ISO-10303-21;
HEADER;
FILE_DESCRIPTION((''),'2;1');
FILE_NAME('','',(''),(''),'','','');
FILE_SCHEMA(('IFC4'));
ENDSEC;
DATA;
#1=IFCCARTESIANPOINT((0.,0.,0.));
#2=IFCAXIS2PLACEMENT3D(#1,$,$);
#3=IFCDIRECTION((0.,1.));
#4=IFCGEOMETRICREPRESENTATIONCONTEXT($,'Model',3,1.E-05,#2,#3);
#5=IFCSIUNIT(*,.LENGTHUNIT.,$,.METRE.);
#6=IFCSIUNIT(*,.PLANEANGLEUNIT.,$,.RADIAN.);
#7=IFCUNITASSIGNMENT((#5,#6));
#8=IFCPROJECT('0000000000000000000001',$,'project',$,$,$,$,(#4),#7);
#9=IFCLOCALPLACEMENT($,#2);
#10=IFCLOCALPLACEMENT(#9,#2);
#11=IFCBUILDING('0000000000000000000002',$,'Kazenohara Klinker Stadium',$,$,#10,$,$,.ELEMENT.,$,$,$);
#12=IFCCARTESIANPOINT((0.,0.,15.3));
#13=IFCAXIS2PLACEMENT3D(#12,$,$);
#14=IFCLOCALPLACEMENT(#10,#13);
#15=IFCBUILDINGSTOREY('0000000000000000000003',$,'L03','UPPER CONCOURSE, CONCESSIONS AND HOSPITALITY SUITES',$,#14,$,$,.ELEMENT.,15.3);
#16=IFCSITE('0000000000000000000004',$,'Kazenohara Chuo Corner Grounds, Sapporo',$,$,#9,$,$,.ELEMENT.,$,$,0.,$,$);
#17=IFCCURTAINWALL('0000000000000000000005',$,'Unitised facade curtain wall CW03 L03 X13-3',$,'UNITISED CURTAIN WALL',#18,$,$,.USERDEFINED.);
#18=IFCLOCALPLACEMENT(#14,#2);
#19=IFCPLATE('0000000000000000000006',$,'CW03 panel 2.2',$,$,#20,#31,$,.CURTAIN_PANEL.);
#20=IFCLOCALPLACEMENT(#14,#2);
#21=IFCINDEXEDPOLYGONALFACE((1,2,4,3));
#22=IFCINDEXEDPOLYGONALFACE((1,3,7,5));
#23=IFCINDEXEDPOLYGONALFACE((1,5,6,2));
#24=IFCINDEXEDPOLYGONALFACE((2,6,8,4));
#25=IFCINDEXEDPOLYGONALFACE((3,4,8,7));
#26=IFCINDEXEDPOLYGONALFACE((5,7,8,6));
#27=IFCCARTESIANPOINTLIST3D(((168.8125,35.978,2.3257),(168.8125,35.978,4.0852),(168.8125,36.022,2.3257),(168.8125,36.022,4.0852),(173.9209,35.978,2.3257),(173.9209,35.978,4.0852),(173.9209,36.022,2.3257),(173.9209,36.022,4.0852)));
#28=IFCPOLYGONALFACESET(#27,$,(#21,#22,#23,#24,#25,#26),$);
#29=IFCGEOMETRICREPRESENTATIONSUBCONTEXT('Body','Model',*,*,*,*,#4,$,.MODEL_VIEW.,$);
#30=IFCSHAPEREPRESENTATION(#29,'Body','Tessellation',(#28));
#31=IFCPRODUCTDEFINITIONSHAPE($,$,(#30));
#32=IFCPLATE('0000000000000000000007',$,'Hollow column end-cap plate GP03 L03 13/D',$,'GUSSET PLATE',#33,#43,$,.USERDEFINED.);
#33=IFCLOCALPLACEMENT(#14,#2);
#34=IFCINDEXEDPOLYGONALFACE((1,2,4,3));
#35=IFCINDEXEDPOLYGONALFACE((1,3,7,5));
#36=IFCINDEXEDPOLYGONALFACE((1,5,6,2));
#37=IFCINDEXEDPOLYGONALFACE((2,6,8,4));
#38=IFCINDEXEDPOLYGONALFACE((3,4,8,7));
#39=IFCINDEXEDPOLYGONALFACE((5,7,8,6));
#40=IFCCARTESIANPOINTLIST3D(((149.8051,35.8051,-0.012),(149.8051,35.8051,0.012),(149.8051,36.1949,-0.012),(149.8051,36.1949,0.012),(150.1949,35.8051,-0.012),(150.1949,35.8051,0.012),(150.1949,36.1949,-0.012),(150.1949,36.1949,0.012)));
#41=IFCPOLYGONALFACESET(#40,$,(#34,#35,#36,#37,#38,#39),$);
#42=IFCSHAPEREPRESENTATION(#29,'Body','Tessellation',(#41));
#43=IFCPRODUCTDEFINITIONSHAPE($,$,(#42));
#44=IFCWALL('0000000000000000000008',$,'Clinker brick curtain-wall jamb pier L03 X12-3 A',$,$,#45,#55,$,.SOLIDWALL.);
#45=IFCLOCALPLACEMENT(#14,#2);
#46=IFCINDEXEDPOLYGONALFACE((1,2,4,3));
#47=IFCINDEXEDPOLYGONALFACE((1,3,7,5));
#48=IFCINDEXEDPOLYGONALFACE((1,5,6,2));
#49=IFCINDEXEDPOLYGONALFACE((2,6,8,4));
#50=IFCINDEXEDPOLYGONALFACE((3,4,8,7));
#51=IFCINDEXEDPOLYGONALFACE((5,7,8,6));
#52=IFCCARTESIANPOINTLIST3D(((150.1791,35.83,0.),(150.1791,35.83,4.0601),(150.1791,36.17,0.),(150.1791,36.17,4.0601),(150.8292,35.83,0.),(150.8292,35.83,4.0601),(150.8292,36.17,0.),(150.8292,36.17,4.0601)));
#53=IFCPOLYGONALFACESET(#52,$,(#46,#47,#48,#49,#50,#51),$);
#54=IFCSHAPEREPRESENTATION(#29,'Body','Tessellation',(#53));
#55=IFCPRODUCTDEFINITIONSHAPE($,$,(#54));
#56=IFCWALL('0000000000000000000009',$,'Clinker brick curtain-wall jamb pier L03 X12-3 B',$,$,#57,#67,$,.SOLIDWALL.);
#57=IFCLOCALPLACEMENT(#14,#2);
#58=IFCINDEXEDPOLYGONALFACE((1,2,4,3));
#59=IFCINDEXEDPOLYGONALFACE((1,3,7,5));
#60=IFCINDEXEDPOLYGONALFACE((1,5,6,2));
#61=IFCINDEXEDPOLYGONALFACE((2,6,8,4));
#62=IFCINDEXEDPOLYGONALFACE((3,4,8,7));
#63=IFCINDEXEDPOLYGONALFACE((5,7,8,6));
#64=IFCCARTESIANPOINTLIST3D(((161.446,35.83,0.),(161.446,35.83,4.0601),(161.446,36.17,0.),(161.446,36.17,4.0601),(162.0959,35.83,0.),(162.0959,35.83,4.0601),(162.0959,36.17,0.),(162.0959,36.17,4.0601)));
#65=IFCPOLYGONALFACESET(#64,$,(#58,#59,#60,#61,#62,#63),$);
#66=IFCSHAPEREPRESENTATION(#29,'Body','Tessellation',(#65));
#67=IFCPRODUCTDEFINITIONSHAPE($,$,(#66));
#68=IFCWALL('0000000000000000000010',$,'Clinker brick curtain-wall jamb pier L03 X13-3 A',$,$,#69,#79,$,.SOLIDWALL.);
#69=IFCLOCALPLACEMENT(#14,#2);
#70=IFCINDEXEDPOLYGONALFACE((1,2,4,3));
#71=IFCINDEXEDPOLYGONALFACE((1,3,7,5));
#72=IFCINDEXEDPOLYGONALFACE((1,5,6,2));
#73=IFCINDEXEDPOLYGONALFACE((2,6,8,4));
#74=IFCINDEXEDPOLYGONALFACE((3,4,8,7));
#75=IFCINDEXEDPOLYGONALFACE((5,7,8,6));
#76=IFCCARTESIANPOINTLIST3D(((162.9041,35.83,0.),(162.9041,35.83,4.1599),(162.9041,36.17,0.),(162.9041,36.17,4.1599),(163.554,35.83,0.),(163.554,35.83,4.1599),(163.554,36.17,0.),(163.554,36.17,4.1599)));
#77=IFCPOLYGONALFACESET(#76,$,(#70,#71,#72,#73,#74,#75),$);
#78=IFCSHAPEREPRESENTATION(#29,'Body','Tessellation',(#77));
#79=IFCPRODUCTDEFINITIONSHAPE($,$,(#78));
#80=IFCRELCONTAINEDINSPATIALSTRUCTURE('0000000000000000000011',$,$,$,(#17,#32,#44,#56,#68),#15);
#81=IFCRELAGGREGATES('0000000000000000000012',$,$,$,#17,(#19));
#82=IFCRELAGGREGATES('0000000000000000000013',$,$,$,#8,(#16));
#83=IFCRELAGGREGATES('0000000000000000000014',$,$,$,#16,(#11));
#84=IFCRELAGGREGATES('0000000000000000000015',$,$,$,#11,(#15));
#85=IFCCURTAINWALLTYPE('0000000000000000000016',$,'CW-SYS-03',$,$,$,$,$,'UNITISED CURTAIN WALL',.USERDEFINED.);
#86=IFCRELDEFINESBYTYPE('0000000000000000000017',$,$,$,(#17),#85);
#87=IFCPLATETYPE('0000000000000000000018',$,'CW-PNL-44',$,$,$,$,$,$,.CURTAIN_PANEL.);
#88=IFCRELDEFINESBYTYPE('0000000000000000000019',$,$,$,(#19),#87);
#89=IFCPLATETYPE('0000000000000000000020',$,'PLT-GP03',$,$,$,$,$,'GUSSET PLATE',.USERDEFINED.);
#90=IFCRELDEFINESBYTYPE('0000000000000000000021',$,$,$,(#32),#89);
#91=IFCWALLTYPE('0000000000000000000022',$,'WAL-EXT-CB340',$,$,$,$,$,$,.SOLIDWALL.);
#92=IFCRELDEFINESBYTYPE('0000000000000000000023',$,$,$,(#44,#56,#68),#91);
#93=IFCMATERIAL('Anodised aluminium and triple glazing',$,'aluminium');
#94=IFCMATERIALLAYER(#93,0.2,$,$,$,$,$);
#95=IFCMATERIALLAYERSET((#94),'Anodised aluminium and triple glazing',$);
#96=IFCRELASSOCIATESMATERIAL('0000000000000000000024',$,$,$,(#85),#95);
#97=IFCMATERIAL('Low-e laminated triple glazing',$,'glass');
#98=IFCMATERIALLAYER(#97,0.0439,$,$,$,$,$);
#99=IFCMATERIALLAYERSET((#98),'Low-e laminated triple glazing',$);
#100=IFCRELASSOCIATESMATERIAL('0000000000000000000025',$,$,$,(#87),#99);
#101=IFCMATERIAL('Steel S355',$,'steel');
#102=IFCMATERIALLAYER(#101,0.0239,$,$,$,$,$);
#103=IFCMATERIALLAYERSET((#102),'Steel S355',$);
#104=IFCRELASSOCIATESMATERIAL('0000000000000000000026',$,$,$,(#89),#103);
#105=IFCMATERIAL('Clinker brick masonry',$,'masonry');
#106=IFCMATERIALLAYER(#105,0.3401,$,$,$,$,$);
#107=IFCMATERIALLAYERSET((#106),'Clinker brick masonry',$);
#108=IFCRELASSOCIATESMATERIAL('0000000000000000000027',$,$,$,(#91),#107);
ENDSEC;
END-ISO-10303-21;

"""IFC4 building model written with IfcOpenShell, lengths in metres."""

from ifc_helpers import new_model, si_unit, direction, frame, frame_2d, origin, origin_2d, place, context, subcontext, project, spatial, rectangle, extrude, material, layer, layer_set, type_object, element, aggregate, save


model = new_model("IFC4")

# Units and contexts
model_context = context("Model", 3, precision=1e-05, world=origin(), true_north=direction((0.0, 1.0)))
body_context = subcontext(model_context, "Body", "Model", "MODEL_VIEW")
ifc_project = project(units=[si_unit("LENGTHUNIT", "METRE"), si_unit("PLANEANGLEUNIT", "RADIAN")], contexts=[model_context])

# Site, building, storey
site_placement = place(None, origin())
site = spatial("IfcSite", under=ifc_project, at=site_placement, Name="Kazenohara Chuo Corner Grounds, Sapporo", CompositionType="ELEMENT", RefElevation=0.0)
building_placement = place(site_placement, origin())
building = spatial("IfcBuilding", under=site, at=building_placement, Name="Kazenohara Klinker Stadium", CompositionType="ELEMENT")
storey_placement = place(building_placement, frame((0.0, 0.0, 15.3)))
storey = spatial("IfcBuildingStorey", under=building, at=storey_placement, Name="L03", Description="UPPER CONCOURSE, CONCESSIONS AND HOSPITALITY SUITES", CompositionType="ELEMENT", Elevation=15.3)

# Shared definitions
ifc_material_1 = material(Name="Steel S355", Category="steel")

# Curtain wall
ifc_material_2 = material(Name="Anodised aluminium and triple glazing", Category="aluminium")
ifc_layer_1 = layer(ifc_material_2, 0.2)
ifc_layer_set_1 = layer_set([ifc_layer_1], Name="Anodised aluminium and triple glazing")
curtain_wall_type_1 = type_object("IfcCurtainWallType", Name="CW-SYS-03", ElementType="UNITISED CURTAIN WALL", PredefinedType="USERDEFINED", material=ifc_layer_set_1)
curtain_wall_1_placement = place(storey_placement, origin())
curtain_wall_1 = element("IfcCurtainWall", 1, at=curtain_wall_1_placement, inside=storey, type_object=curtain_wall_type_1, Name="Unitised facade curtain wall CW03 L03 X13-3", ObjectType="UNITISED CURTAIN WALL", PredefinedType="USERDEFINED")

# Plates
ifc_material_3 = material(Name="Low-e laminated triple glazing", Category="glass")
ifc_layer_2 = layer(ifc_material_3, 0.0439)
ifc_layer_set_2 = layer_set([ifc_layer_2], Name="Low-e laminated triple glazing")
plate_type_1 = type_object("IfcPlateType", Name="CW-PNL-44", PredefinedType="CURTAIN_PANEL", material=ifc_layer_set_2)
plate_1_placement = place(storey_placement, frame((171.3667, 36.0, 2.3257), z_axis=(0.0, 0.0, 1.0), x_axis=(1.0, 0.0, 0.0)))
plate_1 = element("IfcPlate", 2, at=plate_1_placement, type_object=plate_type_1, Name="CW03 panel 2.2", PredefinedType="CURTAIN_PANEL", context=body_context, shape_type="SweptSolid", body=[
    extrude(rectangle(XDim=5.1084, YDim=0.0439, at=origin_2d()), origin(), (0.0, 0.0, 1.0), 1.7595),
])
aggregate(curtain_wall_1, [plate_1])
ifc_layer_3 = layer(ifc_material_1, 0.0239)
ifc_layer_set_3 = layer_set([ifc_layer_3], Name="Steel S355")
plate_type_2 = type_object("IfcPlateType", Name="PLT-GP03", ElementType="GUSSET PLATE", PredefinedType="USERDEFINED", material=ifc_layer_set_3)
plate_2_placement = place(storey_placement, frame((150.0, 36.0, -0.012), z_axis=(0.0, 0.0, 1.0), x_axis=(1.0, 0.0, 0.0)))
element("IfcPlate", 3, at=plate_2_placement, inside=storey, type_object=plate_type_2, Name="Hollow column end-cap plate GP03 L03 13/D", ObjectType="GUSSET PLATE", PredefinedType="USERDEFINED", context=body_context, shape_type="SweptSolid", body=[
    extrude(rectangle(XDim=0.3899, YDim=0.3899, at=origin_2d()), origin(), (0.0, 0.0, 1.0), 0.0239),
])

# Walls
ifc_material_4 = material(Name="Clinker brick masonry", Category="masonry")
ifc_layer_4 = layer(ifc_material_4, 0.3401)
ifc_layer_set_4 = layer_set([ifc_layer_4], Name="Clinker brick masonry")
wall_type = type_object("IfcWallType", Name="WAL-EXT-CB340", PredefinedType="SOLIDWALL", material=ifc_layer_set_4)
wall_1_placement = place(storey_placement, frame((150.179, 36.0, 0.0), z_axis=(0.0, 0.0, 1.0), x_axis=(1.0, 0.0, 0.0)))
element("IfcWall", 4, at=wall_1_placement, inside=storey, type_object=wall_type, Name="Clinker brick curtain-wall jamb pier L03 X12-3 A", PredefinedType="SOLIDWALL", context=body_context, shape_type="SweptSolid", body=[
    extrude(rectangle(XDim=0.6501, YDim=0.3401, at=frame_2d((0.3252, 0.0))), origin(), (0.0, 0.0, 1.0), 4.0601),
])
wall_2_placement = place(storey_placement, frame((161.446, 36.0, 0.0), z_axis=(0.0, 0.0, 1.0), x_axis=(1.0, 0.0, 0.0)))
element("IfcWall", 5, at=wall_2_placement, inside=storey, type_object=wall_type, Name="Clinker brick curtain-wall jamb pier L03 X12-3 B", PredefinedType="SOLIDWALL", context=body_context, shape_type="SweptSolid", body=[
    extrude(rectangle(XDim=0.6499, YDim=0.3401, at=frame_2d((0.325, 0.0))), origin(), (0.0, 0.0, 1.0), 4.0601),
])
wall_3_placement = place(storey_placement, frame((162.9041, 36.0, 0.0), z_axis=(0.0, 0.0, 1.0), x_axis=(1.0, 0.0, 0.0)))
element("IfcWall", 6, at=wall_3_placement, inside=storey, type_object=wall_type, Name="Clinker brick curtain-wall jamb pier L03 X13-3 A", PredefinedType="SOLIDWALL", context=body_context, shape_type="SweptSolid", body=[
    extrude(rectangle(XDim=0.6499, YDim=0.3401, at=frame_2d((0.325, 0.0))), origin(), (0.0, 0.0, 1.0), 4.1599),
])

save(model, "model.ifc")
